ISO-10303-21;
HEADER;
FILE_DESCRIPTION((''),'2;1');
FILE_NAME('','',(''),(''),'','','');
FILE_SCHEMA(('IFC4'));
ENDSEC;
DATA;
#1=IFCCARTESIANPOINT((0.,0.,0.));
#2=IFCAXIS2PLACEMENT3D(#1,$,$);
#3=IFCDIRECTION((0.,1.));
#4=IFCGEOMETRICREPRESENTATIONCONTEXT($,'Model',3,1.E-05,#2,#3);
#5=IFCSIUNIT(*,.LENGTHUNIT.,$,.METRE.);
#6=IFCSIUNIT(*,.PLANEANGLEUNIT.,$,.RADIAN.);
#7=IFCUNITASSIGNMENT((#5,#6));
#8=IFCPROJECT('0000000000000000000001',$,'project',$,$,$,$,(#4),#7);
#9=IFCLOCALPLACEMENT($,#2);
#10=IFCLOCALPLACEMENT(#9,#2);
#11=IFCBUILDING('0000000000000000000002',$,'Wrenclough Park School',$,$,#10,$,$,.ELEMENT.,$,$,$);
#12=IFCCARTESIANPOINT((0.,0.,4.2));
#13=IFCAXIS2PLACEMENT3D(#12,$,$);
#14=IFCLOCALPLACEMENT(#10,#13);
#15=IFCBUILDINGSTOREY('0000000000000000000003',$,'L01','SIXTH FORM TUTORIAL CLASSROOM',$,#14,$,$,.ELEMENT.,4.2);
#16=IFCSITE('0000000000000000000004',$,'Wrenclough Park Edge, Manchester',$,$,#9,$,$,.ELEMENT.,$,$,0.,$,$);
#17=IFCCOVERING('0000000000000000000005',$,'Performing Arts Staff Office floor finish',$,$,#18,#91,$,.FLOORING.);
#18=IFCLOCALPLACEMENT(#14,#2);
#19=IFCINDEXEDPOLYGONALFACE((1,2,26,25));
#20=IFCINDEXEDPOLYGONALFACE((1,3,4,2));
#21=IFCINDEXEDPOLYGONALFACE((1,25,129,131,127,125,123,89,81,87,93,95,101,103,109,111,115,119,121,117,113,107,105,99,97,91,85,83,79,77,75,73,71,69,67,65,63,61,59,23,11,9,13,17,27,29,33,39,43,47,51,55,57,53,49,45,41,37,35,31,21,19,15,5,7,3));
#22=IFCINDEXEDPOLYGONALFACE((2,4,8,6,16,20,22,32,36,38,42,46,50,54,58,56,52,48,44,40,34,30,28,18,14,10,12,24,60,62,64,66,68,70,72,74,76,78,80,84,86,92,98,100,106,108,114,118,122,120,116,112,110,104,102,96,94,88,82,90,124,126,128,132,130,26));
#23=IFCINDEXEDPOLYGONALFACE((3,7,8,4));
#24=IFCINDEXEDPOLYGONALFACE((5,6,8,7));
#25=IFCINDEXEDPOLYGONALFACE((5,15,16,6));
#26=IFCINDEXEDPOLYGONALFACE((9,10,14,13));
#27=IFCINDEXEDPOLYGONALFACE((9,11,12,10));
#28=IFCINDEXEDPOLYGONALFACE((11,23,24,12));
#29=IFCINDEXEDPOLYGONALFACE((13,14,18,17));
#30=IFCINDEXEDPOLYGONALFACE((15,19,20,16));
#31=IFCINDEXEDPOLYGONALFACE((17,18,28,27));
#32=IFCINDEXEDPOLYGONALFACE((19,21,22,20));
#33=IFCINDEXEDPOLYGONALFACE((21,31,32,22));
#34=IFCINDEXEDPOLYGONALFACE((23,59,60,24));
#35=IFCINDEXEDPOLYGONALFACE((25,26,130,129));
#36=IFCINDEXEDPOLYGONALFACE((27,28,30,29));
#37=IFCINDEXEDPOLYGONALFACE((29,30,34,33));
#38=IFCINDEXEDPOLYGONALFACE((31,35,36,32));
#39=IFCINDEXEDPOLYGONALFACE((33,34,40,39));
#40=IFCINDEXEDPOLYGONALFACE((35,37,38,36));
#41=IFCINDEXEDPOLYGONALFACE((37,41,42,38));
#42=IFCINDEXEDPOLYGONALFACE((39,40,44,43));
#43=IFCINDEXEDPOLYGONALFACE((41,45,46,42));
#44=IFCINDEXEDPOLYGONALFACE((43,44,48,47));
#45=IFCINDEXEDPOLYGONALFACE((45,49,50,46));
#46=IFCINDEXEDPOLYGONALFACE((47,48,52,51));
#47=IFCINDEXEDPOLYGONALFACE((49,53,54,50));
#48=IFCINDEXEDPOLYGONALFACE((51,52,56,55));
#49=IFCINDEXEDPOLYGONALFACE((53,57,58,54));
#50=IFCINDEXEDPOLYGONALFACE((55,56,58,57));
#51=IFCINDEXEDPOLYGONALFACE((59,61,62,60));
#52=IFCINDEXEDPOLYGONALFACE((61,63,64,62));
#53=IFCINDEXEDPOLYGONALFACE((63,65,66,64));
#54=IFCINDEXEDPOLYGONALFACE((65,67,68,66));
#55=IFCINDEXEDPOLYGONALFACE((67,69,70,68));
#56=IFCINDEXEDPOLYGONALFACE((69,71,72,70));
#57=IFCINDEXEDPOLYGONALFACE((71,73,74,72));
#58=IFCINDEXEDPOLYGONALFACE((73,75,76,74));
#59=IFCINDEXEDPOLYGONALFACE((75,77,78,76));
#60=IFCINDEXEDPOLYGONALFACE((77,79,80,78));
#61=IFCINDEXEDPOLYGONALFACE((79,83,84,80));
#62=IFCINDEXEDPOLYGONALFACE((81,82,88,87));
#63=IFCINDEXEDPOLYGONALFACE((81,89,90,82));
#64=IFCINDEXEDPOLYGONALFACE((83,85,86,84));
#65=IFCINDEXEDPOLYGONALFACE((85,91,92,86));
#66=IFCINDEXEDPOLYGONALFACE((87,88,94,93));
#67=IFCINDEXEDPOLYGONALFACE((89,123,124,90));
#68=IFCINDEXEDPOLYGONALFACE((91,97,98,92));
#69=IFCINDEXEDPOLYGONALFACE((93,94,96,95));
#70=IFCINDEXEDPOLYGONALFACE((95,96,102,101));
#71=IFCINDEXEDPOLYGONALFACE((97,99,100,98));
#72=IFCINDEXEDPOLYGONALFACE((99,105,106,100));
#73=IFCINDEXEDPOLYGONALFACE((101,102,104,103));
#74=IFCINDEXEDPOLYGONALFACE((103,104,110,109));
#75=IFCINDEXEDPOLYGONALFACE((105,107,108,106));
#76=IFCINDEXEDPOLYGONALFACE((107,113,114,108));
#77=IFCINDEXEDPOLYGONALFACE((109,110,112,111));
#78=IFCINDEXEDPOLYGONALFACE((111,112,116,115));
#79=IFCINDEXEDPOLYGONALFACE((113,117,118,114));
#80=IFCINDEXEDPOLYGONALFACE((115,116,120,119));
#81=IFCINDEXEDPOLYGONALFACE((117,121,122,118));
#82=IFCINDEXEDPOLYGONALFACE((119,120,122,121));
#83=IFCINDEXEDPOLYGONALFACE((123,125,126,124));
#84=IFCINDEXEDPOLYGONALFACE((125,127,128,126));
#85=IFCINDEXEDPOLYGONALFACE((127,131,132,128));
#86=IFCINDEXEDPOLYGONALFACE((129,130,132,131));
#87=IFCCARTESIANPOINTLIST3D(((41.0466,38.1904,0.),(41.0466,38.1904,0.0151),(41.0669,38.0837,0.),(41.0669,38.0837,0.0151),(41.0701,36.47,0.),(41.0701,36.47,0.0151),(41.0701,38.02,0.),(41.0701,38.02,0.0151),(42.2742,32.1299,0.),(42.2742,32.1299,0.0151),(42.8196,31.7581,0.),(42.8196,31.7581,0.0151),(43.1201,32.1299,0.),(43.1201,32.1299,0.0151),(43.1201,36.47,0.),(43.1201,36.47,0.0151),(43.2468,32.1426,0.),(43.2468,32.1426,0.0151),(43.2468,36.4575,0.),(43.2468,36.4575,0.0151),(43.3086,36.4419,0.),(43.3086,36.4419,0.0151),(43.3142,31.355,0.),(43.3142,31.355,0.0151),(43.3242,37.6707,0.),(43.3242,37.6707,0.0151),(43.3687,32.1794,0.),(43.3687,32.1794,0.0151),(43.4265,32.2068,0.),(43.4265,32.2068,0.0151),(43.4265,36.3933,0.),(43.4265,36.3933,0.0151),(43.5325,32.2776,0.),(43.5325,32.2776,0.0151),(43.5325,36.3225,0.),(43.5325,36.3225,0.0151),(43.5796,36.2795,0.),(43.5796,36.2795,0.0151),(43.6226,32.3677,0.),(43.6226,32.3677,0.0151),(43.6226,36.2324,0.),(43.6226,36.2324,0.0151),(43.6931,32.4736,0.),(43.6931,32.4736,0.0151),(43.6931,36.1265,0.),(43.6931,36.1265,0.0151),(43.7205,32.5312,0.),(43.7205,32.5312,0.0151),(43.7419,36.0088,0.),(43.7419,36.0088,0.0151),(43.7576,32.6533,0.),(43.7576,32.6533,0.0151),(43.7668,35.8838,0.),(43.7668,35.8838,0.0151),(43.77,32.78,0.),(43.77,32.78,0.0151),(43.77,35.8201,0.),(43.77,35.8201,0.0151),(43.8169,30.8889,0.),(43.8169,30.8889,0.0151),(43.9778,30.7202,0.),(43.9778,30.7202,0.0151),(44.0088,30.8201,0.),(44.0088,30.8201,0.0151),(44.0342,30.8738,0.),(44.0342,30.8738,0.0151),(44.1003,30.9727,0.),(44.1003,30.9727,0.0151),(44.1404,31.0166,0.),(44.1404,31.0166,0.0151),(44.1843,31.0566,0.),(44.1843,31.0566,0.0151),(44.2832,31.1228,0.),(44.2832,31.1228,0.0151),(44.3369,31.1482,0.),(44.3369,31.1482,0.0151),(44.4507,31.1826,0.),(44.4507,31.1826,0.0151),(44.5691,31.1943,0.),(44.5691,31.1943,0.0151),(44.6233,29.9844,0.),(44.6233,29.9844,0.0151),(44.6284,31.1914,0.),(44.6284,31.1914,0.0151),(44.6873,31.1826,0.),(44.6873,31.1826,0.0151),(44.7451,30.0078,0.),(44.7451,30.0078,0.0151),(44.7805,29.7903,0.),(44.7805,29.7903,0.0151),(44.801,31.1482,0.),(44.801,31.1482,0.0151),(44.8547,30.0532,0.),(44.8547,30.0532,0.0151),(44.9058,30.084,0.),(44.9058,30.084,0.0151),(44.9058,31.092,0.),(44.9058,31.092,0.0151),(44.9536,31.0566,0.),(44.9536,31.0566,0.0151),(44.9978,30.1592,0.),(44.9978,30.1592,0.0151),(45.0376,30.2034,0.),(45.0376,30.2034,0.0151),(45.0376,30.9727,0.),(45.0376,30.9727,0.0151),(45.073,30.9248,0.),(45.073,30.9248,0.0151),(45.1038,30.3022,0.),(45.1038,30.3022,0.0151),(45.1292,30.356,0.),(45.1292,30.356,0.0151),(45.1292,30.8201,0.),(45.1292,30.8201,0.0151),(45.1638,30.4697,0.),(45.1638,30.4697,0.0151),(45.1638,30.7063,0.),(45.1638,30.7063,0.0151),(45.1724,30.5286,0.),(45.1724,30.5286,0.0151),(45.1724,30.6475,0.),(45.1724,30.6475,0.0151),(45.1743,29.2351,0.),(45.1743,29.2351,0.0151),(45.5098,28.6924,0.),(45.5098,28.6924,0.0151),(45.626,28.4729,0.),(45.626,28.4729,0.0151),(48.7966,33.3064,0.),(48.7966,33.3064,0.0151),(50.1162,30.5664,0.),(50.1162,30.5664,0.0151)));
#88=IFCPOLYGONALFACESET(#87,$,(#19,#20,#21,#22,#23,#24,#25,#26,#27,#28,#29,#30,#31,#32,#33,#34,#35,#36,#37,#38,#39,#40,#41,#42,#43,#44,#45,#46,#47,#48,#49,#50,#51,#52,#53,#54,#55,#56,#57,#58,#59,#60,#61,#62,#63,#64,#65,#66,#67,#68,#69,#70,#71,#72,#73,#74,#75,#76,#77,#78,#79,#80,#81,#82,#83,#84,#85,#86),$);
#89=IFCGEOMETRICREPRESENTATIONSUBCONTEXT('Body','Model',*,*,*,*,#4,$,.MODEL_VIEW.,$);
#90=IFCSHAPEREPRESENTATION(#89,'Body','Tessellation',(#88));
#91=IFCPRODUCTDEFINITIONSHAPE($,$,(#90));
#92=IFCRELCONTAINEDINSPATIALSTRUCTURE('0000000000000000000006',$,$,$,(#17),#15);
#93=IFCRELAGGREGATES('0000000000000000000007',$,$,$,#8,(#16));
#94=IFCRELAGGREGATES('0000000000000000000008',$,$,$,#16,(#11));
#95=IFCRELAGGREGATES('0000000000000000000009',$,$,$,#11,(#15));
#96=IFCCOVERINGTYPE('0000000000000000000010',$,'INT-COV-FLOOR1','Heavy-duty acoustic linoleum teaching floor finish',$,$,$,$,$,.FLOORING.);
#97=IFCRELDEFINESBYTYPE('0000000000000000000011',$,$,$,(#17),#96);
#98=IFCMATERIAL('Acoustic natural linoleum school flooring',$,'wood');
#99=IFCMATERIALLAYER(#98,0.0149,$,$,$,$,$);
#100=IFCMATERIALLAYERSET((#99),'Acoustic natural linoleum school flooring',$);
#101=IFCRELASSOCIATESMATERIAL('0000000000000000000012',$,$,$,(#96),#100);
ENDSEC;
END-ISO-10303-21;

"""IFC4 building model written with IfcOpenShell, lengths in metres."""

from ifc_helpers import new_model, si_unit, direction, frame, origin, place, context, subcontext, project, spatial, polyline, outline, extrude, material, layer, layer_set, type_object, element, save


model = new_model("IFC4")

# Units and contexts
model_context = context("Model", 3, precision=1e-05, world=origin(), true_north=direction((0.0, 1.0)))
body_context = subcontext(model_context, "Body", "Model", "MODEL_VIEW")
ifc_project = project(units=[si_unit("LENGTHUNIT", "METRE"), si_unit("PLANEANGLEUNIT", "RADIAN")], contexts=[model_context])

# Site, building, storey
site_placement = place(None, origin())
site = spatial("IfcSite", under=ifc_project, at=site_placement, Name="Wrenclough Park Edge, Manchester", CompositionType="ELEMENT", RefElevation=0.0)
building_placement = place(site_placement, origin())
building = spatial("IfcBuilding", under=site, at=building_placement, Name="Wrenclough Park School", CompositionType="ELEMENT")
storey_placement = place(building_placement, frame((0.0, 0.0, 4.2)))
storey = spatial("IfcBuildingStorey", under=building, at=storey_placement, Name="L01", Description="SIXTH FORM TUTORIAL CLASSROOM", CompositionType="ELEMENT", Elevation=4.2)

# Covering
ifc_material_1 = material(Name="Acoustic natural linoleum school flooring", Category="wood")
ifc_layer_1 = layer(ifc_material_1, 0.0149)
ifc_layer_set_1 = layer_set([ifc_layer_1], Name="Acoustic natural linoleum school flooring")
covering_type_1 = type_object("IfcCoveringType", Name="INT-COV-FLOOR1", Description="Heavy-duty acoustic linoleum teaching floor finish", PredefinedType="FLOORING", material=ifc_layer_set_1)
covering_1_placement = place(storey_placement, origin())
element("IfcCovering", 1, at=covering_1_placement, inside=storey, type_object=covering_type_1, Name="Performing Arts Staff Office floor finish", PredefinedType="FLOORING", context=body_context, shape_type="SweptSolid", body=[
    extrude(outline(polyline([(43.1201, 32.1299), (42.2742, 32.1299), (42.8196, 31.7581), (43.3142, 31.355), (43.8169, 30.8889), (43.9778, 30.7202), (44.0088, 30.8201), (44.0342, 30.8738), (44.1003, 30.9727), (44.1404, 31.0166), (44.1843, 31.0566), (44.2832, 31.1228), (44.3369, 31.1482), (44.4507, 31.1826), (44.5691, 31.1943), (44.6284, 31.1914), (44.6873, 31.1826), (44.801, 31.1482), (44.9058, 31.092), (44.9536, 31.0566), (45.0376, 30.9727), (45.073, 30.9248), (45.1292, 30.8201), (45.1638, 30.7063), (45.1724, 30.6475), (45.1724, 30.5286), (45.1638, 30.4697), (45.1292, 30.356), (45.1038, 30.3022), (45.0376, 30.2034), (44.9978, 30.1592), (44.9058, 30.084), (44.8547, 30.0532), (44.7451, 30.0078), (44.6233, 29.9844), (44.7805, 29.7903), (45.1743, 29.2351), (45.5098, 28.6924), (45.626, 28.4729), (50.1162, 30.5664), (48.7966, 33.3064), (43.3242, 37.6707), (41.0466, 38.1904), (41.0669, 38.0837), (41.0701, 38.02), (41.0701, 36.47), (43.1201, 36.47), (43.2468, 36.4575), (43.3086, 36.4419), (43.4265, 36.3933), (43.5325, 36.3225), (43.5796, 36.2795), (43.6226, 36.2324), (43.6931, 36.1265), (43.7419, 36.0088), (43.7668, 35.8838), (43.77, 35.8201), (43.77, 32.78), (43.7576, 32.6533), (43.7205, 32.5312), (43.6931, 32.4736), (43.6226, 32.3677), (43.5325, 32.2776), (43.4265, 32.2068), (43.3687, 32.1794), (43.2468, 32.1426), (43.1201, 32.1299)])), origin(), (0.0, 0.0, 1.0), 0.0151),
])

save(model, "model.ifc")
